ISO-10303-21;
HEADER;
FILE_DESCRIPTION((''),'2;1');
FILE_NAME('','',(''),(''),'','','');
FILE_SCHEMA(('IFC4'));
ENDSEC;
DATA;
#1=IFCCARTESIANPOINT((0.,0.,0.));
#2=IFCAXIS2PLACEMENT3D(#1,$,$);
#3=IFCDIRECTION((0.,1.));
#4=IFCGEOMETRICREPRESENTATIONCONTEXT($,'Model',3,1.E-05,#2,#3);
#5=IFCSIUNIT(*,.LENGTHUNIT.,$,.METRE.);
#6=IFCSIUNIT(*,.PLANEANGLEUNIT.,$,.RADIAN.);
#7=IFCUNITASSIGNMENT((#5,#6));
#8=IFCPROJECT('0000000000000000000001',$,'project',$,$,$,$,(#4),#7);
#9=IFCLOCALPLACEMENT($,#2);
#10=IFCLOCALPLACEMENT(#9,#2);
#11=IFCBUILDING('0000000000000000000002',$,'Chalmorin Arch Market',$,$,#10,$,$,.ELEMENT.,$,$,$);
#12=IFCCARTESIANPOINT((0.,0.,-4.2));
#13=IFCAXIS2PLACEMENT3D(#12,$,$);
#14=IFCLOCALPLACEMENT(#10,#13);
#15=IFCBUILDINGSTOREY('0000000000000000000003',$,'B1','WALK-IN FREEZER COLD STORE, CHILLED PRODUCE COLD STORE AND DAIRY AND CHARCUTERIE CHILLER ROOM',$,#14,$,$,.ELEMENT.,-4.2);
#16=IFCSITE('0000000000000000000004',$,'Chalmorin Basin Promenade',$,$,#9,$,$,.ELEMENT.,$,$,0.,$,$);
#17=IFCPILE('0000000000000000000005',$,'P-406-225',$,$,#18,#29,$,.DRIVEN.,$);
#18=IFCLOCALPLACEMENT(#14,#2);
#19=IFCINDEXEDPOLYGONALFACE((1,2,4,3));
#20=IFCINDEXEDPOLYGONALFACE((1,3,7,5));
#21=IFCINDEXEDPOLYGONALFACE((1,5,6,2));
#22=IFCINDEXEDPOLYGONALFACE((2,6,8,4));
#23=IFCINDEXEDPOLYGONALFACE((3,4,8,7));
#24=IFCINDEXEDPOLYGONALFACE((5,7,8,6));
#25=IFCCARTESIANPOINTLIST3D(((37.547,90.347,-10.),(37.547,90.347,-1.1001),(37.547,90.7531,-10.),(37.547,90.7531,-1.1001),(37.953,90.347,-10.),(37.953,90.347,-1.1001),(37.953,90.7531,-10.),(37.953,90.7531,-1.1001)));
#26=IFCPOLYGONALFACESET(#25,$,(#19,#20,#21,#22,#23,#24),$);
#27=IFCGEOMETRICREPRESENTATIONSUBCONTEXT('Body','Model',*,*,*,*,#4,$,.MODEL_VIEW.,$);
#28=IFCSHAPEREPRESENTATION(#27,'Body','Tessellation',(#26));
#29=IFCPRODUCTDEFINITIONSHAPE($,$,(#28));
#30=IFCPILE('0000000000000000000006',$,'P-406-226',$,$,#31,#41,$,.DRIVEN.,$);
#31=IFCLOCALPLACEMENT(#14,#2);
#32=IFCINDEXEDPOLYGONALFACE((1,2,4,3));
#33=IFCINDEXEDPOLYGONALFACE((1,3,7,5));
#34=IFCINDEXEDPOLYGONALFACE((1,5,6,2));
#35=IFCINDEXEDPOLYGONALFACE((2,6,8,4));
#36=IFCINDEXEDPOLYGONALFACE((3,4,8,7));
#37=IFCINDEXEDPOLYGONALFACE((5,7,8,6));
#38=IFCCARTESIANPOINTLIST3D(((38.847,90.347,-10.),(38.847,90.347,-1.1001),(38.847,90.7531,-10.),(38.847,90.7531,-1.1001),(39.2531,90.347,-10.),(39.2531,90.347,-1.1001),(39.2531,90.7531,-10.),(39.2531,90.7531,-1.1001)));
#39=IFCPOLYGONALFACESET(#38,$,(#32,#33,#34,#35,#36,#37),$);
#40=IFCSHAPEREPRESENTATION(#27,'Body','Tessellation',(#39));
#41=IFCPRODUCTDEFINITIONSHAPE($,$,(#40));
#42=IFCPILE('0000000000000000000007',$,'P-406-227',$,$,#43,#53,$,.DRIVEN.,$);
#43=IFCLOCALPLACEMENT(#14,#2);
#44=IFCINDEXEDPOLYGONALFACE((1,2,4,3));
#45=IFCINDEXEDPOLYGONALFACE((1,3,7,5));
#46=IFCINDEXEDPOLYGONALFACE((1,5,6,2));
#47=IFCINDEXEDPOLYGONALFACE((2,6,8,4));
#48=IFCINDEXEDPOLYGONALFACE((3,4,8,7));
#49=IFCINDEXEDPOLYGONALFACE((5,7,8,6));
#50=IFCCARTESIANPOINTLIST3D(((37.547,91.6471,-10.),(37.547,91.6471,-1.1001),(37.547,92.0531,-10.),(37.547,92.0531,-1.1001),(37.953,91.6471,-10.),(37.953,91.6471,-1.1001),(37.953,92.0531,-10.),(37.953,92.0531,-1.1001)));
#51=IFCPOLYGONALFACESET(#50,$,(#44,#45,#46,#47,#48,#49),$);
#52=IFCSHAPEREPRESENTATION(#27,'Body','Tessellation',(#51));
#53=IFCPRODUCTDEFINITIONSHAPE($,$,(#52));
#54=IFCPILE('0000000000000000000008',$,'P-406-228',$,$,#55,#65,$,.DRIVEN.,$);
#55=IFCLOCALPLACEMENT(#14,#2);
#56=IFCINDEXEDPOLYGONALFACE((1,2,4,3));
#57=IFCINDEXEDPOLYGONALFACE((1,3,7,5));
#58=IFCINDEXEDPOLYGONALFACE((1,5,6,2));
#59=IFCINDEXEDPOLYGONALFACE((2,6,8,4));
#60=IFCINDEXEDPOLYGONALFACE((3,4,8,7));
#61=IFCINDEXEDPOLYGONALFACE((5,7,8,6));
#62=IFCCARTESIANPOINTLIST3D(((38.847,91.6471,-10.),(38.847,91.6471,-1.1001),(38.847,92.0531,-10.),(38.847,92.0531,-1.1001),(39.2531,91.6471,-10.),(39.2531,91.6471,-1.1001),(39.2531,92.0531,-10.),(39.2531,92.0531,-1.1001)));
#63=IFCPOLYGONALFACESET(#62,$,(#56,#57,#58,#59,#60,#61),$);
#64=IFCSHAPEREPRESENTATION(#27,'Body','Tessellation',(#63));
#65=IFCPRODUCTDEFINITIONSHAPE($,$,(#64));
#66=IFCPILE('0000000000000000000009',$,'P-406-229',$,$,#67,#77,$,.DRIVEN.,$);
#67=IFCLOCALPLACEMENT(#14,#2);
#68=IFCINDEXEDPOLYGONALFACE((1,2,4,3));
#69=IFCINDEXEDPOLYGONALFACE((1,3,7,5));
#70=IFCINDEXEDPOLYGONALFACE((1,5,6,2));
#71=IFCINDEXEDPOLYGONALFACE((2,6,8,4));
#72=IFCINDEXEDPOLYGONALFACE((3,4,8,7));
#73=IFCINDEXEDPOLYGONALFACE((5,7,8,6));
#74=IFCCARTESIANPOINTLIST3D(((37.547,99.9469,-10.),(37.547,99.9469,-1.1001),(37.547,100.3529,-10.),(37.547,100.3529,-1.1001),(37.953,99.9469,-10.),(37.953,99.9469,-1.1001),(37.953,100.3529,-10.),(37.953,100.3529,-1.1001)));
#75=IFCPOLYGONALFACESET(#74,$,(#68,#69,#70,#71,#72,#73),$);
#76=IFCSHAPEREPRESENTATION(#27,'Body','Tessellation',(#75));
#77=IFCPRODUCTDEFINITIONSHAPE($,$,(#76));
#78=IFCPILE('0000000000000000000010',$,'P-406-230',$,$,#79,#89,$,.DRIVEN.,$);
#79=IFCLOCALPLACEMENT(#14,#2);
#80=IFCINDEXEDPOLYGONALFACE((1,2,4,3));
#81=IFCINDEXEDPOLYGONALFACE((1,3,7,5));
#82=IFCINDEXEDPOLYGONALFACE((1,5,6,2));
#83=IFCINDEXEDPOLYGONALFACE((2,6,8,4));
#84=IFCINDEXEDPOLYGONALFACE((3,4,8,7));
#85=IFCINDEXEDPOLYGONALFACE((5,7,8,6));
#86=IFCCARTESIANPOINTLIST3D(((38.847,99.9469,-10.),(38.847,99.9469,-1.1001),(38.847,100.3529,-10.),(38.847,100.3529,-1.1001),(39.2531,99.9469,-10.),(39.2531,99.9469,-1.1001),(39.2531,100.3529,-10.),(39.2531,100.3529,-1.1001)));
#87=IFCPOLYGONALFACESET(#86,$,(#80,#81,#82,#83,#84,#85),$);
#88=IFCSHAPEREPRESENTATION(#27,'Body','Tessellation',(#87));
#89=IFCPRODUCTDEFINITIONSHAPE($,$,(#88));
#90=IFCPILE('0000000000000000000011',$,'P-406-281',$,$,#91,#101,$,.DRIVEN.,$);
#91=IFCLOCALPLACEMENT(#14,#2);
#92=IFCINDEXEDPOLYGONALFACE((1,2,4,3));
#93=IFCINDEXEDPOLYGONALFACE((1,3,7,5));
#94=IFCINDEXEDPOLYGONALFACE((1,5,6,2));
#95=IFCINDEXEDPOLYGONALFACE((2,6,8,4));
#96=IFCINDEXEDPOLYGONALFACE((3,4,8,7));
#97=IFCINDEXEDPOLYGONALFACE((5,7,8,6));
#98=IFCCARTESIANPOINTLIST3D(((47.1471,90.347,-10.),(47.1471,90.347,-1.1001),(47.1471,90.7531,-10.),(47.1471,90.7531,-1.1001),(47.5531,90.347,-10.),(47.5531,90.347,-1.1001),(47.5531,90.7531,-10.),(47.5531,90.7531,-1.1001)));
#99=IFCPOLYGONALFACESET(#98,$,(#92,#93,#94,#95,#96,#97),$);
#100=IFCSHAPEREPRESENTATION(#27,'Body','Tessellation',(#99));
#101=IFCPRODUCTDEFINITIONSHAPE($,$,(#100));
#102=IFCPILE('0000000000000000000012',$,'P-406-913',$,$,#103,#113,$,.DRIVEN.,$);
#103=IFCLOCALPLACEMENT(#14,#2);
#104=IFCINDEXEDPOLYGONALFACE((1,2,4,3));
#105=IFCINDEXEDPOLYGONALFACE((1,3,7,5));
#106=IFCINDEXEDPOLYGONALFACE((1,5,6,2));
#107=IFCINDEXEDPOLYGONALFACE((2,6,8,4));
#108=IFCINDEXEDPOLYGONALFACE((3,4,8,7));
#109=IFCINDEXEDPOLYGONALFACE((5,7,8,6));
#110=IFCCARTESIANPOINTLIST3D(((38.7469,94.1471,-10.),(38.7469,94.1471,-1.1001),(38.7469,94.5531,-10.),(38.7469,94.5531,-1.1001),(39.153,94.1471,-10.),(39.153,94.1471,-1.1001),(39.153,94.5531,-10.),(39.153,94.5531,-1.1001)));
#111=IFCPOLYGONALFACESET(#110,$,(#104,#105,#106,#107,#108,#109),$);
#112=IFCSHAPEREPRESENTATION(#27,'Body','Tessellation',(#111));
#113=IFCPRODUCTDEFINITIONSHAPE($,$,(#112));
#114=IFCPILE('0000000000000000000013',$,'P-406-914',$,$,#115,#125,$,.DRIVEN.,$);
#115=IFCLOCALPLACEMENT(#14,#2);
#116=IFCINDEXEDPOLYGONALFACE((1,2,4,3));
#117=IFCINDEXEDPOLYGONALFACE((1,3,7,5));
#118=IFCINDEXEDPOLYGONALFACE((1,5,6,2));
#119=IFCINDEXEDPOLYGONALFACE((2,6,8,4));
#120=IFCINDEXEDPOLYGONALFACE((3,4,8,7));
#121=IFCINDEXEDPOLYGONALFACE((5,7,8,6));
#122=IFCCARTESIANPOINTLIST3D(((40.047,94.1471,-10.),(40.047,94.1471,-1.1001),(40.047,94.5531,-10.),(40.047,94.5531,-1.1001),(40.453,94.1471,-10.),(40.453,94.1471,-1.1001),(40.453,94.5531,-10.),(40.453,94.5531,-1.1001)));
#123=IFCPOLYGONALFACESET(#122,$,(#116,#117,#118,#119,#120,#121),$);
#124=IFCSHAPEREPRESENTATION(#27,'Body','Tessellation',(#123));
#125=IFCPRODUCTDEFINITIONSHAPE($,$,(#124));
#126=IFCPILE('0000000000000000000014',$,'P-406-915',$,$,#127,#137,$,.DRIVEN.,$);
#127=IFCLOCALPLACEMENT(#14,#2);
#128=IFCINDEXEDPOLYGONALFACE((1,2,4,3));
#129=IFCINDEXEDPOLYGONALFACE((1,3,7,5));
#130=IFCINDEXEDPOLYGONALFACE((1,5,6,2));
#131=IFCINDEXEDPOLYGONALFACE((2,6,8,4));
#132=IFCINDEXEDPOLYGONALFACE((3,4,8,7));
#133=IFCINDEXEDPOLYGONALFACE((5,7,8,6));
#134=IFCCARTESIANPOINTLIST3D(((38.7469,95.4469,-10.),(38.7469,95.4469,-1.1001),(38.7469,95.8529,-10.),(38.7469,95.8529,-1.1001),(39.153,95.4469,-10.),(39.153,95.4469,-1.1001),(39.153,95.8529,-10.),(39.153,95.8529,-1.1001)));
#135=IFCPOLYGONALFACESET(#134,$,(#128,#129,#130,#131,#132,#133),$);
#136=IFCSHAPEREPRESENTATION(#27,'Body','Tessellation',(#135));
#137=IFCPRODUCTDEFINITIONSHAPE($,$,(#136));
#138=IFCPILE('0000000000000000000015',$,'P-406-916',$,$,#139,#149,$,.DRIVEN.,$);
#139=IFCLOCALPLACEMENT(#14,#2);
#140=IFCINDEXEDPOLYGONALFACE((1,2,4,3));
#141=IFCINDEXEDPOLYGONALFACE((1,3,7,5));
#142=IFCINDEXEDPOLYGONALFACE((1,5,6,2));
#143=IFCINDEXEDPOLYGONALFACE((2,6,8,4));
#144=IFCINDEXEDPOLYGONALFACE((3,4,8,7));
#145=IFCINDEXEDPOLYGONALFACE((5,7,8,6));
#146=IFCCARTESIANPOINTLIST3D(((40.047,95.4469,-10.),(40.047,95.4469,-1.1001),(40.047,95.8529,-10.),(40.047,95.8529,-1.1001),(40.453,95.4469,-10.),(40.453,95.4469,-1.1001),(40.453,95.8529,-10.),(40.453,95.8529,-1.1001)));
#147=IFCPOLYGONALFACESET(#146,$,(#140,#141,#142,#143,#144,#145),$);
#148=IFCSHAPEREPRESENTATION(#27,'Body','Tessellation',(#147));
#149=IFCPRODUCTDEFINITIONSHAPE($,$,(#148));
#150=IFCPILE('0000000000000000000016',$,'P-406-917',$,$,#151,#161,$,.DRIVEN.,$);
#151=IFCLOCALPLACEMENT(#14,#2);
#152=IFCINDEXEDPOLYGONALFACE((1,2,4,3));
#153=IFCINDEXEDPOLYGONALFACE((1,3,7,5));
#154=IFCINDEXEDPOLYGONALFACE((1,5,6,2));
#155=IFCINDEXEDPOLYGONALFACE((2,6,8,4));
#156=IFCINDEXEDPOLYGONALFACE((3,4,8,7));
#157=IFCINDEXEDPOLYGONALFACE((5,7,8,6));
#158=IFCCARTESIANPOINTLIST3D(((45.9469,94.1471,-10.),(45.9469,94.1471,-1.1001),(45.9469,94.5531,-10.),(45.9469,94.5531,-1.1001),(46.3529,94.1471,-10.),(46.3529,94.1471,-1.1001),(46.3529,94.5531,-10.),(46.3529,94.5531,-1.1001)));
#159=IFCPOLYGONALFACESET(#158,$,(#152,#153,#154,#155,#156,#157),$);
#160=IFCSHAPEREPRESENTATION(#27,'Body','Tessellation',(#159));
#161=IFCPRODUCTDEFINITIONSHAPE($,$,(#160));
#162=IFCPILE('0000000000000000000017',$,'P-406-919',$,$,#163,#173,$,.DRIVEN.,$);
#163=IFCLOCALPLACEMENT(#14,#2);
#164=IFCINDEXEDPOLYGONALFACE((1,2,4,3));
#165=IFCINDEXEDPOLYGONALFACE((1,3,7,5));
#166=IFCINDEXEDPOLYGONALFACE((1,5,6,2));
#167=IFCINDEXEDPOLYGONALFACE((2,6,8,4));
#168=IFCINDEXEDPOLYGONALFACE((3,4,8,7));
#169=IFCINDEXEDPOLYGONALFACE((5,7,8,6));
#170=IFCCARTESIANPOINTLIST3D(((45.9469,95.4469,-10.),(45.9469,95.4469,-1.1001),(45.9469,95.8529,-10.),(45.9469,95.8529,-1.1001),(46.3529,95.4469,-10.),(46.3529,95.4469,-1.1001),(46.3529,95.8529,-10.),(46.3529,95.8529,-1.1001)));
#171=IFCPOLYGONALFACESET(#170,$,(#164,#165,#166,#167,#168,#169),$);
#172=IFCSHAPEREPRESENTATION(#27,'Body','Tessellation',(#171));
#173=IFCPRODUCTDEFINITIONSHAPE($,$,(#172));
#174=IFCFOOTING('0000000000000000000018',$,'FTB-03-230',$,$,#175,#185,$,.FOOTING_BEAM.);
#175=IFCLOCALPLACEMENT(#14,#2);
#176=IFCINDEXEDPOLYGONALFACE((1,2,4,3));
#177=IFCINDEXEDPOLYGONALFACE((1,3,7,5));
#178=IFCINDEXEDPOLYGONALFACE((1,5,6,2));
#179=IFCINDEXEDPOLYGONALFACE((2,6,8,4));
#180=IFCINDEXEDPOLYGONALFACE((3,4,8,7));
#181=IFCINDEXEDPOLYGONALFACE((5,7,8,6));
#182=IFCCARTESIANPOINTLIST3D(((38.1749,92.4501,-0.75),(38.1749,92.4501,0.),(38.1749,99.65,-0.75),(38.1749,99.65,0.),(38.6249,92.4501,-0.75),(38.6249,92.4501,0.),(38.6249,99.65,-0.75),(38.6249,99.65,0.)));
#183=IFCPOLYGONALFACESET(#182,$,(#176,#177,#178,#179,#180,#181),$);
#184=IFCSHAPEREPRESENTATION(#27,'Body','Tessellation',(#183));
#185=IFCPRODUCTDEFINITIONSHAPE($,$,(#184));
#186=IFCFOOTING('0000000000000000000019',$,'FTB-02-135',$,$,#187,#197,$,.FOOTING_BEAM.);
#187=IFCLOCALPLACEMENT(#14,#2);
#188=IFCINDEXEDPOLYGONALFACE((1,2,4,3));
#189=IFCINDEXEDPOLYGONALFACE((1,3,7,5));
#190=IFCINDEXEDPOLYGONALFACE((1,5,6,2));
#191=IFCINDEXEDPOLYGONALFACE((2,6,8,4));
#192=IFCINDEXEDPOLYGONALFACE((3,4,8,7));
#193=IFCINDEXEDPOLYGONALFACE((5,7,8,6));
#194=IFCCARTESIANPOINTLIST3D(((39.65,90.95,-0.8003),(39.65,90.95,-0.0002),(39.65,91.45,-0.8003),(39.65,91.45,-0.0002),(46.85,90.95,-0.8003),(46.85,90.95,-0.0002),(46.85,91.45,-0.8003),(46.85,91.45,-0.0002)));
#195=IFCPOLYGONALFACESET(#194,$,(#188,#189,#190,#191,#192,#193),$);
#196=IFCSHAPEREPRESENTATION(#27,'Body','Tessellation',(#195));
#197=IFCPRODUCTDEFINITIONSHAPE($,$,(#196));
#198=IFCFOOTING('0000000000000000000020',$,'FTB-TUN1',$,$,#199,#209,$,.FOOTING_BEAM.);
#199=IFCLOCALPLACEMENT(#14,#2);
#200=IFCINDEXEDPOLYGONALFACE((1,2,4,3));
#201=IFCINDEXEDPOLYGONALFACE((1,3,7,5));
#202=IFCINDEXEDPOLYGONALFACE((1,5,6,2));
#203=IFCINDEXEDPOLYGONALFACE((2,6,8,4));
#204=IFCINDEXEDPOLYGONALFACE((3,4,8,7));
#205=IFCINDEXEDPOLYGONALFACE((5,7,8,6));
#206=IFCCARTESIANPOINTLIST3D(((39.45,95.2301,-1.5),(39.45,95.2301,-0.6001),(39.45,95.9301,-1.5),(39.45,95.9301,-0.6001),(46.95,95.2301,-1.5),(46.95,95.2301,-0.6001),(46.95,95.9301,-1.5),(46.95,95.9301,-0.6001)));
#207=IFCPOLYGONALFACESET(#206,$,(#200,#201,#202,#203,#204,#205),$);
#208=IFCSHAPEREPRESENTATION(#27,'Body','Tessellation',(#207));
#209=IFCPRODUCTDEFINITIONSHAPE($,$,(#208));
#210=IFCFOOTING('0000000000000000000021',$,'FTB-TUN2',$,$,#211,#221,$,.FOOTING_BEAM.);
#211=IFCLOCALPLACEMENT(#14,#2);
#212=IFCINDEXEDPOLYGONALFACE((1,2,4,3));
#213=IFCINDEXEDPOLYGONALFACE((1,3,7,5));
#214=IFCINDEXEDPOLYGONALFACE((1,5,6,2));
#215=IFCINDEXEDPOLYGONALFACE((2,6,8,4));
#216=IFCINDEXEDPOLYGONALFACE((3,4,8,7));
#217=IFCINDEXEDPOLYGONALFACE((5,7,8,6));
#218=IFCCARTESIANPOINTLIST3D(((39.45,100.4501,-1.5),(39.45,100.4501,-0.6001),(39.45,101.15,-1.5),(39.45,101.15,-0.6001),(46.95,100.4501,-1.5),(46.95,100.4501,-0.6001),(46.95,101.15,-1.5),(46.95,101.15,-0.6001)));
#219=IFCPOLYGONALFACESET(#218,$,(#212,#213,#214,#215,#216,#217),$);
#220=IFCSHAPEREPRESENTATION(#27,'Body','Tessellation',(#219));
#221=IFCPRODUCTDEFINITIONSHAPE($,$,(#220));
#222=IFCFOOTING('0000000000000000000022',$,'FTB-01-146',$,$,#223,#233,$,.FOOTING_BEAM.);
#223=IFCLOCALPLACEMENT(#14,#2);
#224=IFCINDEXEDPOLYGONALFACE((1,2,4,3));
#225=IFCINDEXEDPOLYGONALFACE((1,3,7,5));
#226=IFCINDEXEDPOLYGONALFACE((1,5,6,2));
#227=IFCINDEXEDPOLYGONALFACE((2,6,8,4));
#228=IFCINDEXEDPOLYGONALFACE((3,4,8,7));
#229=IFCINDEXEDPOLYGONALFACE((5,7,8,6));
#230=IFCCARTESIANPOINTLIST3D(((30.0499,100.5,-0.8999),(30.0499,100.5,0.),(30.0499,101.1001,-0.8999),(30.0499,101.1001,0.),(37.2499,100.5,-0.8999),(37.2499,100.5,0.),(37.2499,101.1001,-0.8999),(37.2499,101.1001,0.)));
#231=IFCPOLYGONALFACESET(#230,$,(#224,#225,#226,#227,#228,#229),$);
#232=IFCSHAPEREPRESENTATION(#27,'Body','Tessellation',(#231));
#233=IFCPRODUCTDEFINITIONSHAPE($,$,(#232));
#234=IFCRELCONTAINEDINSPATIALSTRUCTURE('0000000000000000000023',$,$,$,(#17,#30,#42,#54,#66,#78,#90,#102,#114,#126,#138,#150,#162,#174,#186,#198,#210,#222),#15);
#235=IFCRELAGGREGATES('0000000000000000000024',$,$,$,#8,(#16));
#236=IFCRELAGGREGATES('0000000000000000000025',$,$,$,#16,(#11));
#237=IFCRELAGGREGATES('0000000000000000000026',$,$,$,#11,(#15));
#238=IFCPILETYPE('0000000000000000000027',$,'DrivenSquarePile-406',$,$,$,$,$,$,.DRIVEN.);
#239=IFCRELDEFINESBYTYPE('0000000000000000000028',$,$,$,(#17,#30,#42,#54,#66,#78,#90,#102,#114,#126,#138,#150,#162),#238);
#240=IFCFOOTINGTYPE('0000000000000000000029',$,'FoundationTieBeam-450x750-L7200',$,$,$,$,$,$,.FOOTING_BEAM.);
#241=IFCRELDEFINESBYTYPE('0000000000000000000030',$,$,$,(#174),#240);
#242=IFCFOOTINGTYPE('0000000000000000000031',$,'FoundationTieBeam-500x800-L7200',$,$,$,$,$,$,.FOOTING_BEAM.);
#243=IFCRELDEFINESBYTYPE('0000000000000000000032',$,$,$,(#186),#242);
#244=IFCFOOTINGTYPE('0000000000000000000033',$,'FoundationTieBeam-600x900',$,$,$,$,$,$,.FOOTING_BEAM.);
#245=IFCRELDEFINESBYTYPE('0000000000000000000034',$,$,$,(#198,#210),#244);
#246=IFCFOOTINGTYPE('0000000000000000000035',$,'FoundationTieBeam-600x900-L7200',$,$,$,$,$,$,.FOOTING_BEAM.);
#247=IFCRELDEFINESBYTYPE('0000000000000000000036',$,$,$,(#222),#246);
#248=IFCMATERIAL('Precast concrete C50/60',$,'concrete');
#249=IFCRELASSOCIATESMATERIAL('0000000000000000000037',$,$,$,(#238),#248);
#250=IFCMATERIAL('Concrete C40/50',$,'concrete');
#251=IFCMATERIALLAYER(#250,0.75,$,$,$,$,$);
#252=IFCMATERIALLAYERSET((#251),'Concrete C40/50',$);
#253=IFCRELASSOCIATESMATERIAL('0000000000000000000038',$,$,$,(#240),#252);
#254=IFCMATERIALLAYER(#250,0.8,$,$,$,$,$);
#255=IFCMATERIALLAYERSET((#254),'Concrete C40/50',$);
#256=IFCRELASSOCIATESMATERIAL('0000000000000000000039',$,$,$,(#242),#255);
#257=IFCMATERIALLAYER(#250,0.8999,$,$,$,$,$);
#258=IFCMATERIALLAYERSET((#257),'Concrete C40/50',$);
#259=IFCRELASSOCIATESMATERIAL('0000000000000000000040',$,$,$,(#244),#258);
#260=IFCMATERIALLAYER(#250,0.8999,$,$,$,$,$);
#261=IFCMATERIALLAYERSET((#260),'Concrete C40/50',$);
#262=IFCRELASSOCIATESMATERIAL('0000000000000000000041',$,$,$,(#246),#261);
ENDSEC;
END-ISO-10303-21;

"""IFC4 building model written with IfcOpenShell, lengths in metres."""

from ifc_helpers import new_model, si_unit, direction, frame, origin, origin_2d, place, context, subcontext, project, spatial, rectangle, extrude, material, layer, layer_set, material_profile, profile_set, type_object, element, save


model = new_model("IFC4")

# Units and contexts
model_context = context("Model", 3, precision=1e-05, world=origin(), true_north=direction((0.0, 1.0)))
body_context = subcontext(model_context, "Body", "Model", "MODEL_VIEW")
ifc_project = project(units=[si_unit("LENGTHUNIT", "METRE"), si_unit("PLANEANGLEUNIT", "RADIAN")], contexts=[model_context])

# Site, building, storey
site_placement = place(None, origin())
site = spatial("IfcSite", under=ifc_project, at=site_placement, Name="Chalmorin Basin Promenade", CompositionType="ELEMENT", RefElevation=0.0)
building_placement = place(site_placement, origin())
building = spatial("IfcBuilding", under=site, at=building_placement, Name="Chalmorin Arch Market", CompositionType="ELEMENT")
storey_placement = place(building_placement, frame((0.0, 0.0, -4.2)))
storey = spatial("IfcBuildingStorey", under=building, at=storey_placement, Name="B1", Description="WALK-IN FREEZER COLD STORE, CHILLED PRODUCE COLD STORE AND DAIRY AND CHARCUTERIE CHILLER ROOM", CompositionType="ELEMENT", Elevation=-4.2)

# Piles
ifc_material_1 = material(Name="Precast concrete C50/60", Category="concrete")
ifc_material_profile_1 = material_profile(ifc_material_1, rectangle(XDim=0.406, YDim=0.406, at=origin_2d()), Name="PPC406")
ifc_profile_set_1 = profile_set([ifc_material_profile_1], Name="Precast concrete C50/60")
pile_type = type_object("IfcPileType", Name="DrivenSquarePile-406", PredefinedType="DRIVEN", material=ifc_profile_set_1)
for number, where, z_axis, x_axis, name in (
    (1, (37.75, 90.55, -1.1001), (0.0, 0.0, -1.0), (1.0, 0.0, 0.0), "P-406-225"),
    (2, (39.05, 90.55, -1.1001), (0.0, 0.0, -1.0), (1.0, 0.0, 0.0), "P-406-226"),
    (3, (37.75, 91.8501, -1.1001), (0.0, 0.0, -1.0), (1.0, 0.0, 0.0), "P-406-227"),
    (4, (39.05, 91.8501, -1.1001), (0.0, 0.0, -1.0), (1.0, 0.0, 0.0), "P-406-228"),
    (5, (37.75, 100.1499, -1.1001), (0.0, 0.0, -1.0), (1.0, 0.0, 0.0), "P-406-229"),
    (6, (39.05, 100.1499, -1.1001), (0.0, 0.0, -1.0), (1.0, 0.0, 0.0), "P-406-230"),
    (7, (47.3501, 90.55, -1.1001), (0.0, 0.0, -1.0), (1.0, 0.0, 0.0), "P-406-281"),
    (8, (38.95, 94.3501, -1.1001), (0.0, 0.0, -1.0), (1.0, 0.0, 0.0), "P-406-913"),
    (9, (40.25, 94.3501, -1.1001), (0.0, 0.0, -1.0), (1.0, 0.0, 0.0), "P-406-914"),
    (10, (38.95, 95.6499, -1.1001), (0.0, 0.0, -1.0), (1.0, 0.0, 0.0), "P-406-915"),
    (11, (40.25, 95.6499, -1.1001), (0.0, 0.0, -1.0), (1.0, 0.0, 0.0), "P-406-916"),
    (12, (46.1499, 94.3501, -1.1001), (0.0, 0.0, -1.0), (1.0, 0.0, 0.0), "P-406-917"),
    (13, (46.1499, 95.6499, -1.1001), (0.0, 0.0, -1.0), (1.0, 0.0, 0.0), "P-406-919"),
):
    element("IfcPile", number, at=place(storey_placement, frame(where, z_axis=z_axis, x_axis=x_axis)), inside=storey, type_object=pile_type, Name=name, PredefinedType="DRIVEN", context=body_context, shape_type="SweptSolid", body=[
        extrude(rectangle(XDim=0.406, YDim=0.406, at=origin_2d()), origin(), (0.0, 0.0, 1.0), 8.8999),
    ])

# Footings
ifc_material_2 = material(Name="Concrete C40/50", Category="concrete")
ifc_layer_1 = layer(ifc_material_2, 0.75)
ifc_layer_set_1 = layer_set([ifc_layer_1], Name="Concrete C40/50")
footing_type_1 = type_object("IfcFootingType", Name="FoundationTieBeam-450x750-L7200", PredefinedType="FOOTING_BEAM", material=ifc_layer_set_1)
footing_1_placement = place(storey_placement, frame((38.3999, 96.05, -0.75), z_axis=(0.0, 0.0, 1.0), x_axis=(0.0, 1.0, 0.0)))
element("IfcFooting", 14, at=footing_1_placement, inside=storey, type_object=footing_type_1, Name="FTB-03-230", PredefinedType="FOOTING_BEAM", context=body_context, shape_type="SweptSolid", body=[
    extrude(rectangle(XDim=7.2, YDim=0.45, at=origin_2d()), origin(), (0.0, 0.0, 1.0), 0.75),
])
ifc_layer_2 = layer(ifc_material_2, 0.8)
ifc_layer_set_2 = layer_set([ifc_layer_2], Name="Concrete C40/50")
footing_type_2 = type_object("IfcFootingType", Name="FoundationTieBeam-500x800-L7200", PredefinedType="FOOTING_BEAM", material=ifc_layer_set_2)
footing_2_placement = place(storey_placement, frame((43.25, 91.2, -0.8003), z_axis=(0.0, 0.0, 1.0), x_axis=(1.0, 0.0, 0.0)))
element("IfcFooting", 15, at=footing_2_placement, inside=storey, type_object=footing_type_2, Name="FTB-02-135", PredefinedType="FOOTING_BEAM", context=body_context, shape_type="SweptSolid", body=[
    extrude(rectangle(XDim=7.2, YDim=0.5, at=origin_2d()), origin(), (0.0, 0.0, 1.0), 0.8),
])
ifc_layer_3 = layer(ifc_material_2, 0.8999)
ifc_layer_set_3 = layer_set([ifc_layer_3], Name="Concrete C40/50")
footing_type_3 = type_object("IfcFootingType", Name="FoundationTieBeam-600x900", PredefinedType="FOOTING_BEAM", material=ifc_layer_set_3)
for number, where, z_axis, x_axis, name in (
    (16, (43.2, 95.5801, -1.5), (0.0, 0.0, 1.0), (1.0, 0.0, 0.0), "FTB-TUN1"),
    (17, (43.2, 100.8, -1.5), (0.0, 0.0, 1.0), (1.0, 0.0, 0.0), "FTB-TUN2"),
):
    element("IfcFooting", number, at=place(storey_placement, frame(where, z_axis=z_axis, x_axis=x_axis)), inside=storey, type_object=footing_type_3, Name=name, PredefinedType="FOOTING_BEAM", context=body_context, shape_type="SweptSolid", body=[
        extrude(rectangle(XDim=7.5, YDim=0.7, at=origin_2d()), origin(), (0.0, 0.0, 1.0), 0.8999),
    ])
ifc_layer_4 = layer(ifc_material_2, 0.8999)
ifc_layer_set_4 = layer_set([ifc_layer_4], Name="Concrete C40/50")
footing_type_4 = type_object("IfcFootingType", Name="FoundationTieBeam-600x900-L7200", PredefinedType="FOOTING_BEAM", material=ifc_layer_set_4)
footing_3_placement = place(storey_placement, frame((33.6499, 100.8, -0.8999), z_axis=(0.0, 0.0, 1.0), x_axis=(1.0, 0.0, 0.0)))
element("IfcFooting", 18, at=footing_3_placement, inside=storey, type_object=footing_type_4, Name="FTB-01-146", PredefinedType="FOOTING_BEAM", context=body_context, shape_type="SweptSolid", body=[
    extrude(rectangle(XDim=7.2, YDim=0.6001, at=origin_2d()), origin(), (0.0, 0.0, 1.0), 0.8999),
])

save(model, "model.ifc")
